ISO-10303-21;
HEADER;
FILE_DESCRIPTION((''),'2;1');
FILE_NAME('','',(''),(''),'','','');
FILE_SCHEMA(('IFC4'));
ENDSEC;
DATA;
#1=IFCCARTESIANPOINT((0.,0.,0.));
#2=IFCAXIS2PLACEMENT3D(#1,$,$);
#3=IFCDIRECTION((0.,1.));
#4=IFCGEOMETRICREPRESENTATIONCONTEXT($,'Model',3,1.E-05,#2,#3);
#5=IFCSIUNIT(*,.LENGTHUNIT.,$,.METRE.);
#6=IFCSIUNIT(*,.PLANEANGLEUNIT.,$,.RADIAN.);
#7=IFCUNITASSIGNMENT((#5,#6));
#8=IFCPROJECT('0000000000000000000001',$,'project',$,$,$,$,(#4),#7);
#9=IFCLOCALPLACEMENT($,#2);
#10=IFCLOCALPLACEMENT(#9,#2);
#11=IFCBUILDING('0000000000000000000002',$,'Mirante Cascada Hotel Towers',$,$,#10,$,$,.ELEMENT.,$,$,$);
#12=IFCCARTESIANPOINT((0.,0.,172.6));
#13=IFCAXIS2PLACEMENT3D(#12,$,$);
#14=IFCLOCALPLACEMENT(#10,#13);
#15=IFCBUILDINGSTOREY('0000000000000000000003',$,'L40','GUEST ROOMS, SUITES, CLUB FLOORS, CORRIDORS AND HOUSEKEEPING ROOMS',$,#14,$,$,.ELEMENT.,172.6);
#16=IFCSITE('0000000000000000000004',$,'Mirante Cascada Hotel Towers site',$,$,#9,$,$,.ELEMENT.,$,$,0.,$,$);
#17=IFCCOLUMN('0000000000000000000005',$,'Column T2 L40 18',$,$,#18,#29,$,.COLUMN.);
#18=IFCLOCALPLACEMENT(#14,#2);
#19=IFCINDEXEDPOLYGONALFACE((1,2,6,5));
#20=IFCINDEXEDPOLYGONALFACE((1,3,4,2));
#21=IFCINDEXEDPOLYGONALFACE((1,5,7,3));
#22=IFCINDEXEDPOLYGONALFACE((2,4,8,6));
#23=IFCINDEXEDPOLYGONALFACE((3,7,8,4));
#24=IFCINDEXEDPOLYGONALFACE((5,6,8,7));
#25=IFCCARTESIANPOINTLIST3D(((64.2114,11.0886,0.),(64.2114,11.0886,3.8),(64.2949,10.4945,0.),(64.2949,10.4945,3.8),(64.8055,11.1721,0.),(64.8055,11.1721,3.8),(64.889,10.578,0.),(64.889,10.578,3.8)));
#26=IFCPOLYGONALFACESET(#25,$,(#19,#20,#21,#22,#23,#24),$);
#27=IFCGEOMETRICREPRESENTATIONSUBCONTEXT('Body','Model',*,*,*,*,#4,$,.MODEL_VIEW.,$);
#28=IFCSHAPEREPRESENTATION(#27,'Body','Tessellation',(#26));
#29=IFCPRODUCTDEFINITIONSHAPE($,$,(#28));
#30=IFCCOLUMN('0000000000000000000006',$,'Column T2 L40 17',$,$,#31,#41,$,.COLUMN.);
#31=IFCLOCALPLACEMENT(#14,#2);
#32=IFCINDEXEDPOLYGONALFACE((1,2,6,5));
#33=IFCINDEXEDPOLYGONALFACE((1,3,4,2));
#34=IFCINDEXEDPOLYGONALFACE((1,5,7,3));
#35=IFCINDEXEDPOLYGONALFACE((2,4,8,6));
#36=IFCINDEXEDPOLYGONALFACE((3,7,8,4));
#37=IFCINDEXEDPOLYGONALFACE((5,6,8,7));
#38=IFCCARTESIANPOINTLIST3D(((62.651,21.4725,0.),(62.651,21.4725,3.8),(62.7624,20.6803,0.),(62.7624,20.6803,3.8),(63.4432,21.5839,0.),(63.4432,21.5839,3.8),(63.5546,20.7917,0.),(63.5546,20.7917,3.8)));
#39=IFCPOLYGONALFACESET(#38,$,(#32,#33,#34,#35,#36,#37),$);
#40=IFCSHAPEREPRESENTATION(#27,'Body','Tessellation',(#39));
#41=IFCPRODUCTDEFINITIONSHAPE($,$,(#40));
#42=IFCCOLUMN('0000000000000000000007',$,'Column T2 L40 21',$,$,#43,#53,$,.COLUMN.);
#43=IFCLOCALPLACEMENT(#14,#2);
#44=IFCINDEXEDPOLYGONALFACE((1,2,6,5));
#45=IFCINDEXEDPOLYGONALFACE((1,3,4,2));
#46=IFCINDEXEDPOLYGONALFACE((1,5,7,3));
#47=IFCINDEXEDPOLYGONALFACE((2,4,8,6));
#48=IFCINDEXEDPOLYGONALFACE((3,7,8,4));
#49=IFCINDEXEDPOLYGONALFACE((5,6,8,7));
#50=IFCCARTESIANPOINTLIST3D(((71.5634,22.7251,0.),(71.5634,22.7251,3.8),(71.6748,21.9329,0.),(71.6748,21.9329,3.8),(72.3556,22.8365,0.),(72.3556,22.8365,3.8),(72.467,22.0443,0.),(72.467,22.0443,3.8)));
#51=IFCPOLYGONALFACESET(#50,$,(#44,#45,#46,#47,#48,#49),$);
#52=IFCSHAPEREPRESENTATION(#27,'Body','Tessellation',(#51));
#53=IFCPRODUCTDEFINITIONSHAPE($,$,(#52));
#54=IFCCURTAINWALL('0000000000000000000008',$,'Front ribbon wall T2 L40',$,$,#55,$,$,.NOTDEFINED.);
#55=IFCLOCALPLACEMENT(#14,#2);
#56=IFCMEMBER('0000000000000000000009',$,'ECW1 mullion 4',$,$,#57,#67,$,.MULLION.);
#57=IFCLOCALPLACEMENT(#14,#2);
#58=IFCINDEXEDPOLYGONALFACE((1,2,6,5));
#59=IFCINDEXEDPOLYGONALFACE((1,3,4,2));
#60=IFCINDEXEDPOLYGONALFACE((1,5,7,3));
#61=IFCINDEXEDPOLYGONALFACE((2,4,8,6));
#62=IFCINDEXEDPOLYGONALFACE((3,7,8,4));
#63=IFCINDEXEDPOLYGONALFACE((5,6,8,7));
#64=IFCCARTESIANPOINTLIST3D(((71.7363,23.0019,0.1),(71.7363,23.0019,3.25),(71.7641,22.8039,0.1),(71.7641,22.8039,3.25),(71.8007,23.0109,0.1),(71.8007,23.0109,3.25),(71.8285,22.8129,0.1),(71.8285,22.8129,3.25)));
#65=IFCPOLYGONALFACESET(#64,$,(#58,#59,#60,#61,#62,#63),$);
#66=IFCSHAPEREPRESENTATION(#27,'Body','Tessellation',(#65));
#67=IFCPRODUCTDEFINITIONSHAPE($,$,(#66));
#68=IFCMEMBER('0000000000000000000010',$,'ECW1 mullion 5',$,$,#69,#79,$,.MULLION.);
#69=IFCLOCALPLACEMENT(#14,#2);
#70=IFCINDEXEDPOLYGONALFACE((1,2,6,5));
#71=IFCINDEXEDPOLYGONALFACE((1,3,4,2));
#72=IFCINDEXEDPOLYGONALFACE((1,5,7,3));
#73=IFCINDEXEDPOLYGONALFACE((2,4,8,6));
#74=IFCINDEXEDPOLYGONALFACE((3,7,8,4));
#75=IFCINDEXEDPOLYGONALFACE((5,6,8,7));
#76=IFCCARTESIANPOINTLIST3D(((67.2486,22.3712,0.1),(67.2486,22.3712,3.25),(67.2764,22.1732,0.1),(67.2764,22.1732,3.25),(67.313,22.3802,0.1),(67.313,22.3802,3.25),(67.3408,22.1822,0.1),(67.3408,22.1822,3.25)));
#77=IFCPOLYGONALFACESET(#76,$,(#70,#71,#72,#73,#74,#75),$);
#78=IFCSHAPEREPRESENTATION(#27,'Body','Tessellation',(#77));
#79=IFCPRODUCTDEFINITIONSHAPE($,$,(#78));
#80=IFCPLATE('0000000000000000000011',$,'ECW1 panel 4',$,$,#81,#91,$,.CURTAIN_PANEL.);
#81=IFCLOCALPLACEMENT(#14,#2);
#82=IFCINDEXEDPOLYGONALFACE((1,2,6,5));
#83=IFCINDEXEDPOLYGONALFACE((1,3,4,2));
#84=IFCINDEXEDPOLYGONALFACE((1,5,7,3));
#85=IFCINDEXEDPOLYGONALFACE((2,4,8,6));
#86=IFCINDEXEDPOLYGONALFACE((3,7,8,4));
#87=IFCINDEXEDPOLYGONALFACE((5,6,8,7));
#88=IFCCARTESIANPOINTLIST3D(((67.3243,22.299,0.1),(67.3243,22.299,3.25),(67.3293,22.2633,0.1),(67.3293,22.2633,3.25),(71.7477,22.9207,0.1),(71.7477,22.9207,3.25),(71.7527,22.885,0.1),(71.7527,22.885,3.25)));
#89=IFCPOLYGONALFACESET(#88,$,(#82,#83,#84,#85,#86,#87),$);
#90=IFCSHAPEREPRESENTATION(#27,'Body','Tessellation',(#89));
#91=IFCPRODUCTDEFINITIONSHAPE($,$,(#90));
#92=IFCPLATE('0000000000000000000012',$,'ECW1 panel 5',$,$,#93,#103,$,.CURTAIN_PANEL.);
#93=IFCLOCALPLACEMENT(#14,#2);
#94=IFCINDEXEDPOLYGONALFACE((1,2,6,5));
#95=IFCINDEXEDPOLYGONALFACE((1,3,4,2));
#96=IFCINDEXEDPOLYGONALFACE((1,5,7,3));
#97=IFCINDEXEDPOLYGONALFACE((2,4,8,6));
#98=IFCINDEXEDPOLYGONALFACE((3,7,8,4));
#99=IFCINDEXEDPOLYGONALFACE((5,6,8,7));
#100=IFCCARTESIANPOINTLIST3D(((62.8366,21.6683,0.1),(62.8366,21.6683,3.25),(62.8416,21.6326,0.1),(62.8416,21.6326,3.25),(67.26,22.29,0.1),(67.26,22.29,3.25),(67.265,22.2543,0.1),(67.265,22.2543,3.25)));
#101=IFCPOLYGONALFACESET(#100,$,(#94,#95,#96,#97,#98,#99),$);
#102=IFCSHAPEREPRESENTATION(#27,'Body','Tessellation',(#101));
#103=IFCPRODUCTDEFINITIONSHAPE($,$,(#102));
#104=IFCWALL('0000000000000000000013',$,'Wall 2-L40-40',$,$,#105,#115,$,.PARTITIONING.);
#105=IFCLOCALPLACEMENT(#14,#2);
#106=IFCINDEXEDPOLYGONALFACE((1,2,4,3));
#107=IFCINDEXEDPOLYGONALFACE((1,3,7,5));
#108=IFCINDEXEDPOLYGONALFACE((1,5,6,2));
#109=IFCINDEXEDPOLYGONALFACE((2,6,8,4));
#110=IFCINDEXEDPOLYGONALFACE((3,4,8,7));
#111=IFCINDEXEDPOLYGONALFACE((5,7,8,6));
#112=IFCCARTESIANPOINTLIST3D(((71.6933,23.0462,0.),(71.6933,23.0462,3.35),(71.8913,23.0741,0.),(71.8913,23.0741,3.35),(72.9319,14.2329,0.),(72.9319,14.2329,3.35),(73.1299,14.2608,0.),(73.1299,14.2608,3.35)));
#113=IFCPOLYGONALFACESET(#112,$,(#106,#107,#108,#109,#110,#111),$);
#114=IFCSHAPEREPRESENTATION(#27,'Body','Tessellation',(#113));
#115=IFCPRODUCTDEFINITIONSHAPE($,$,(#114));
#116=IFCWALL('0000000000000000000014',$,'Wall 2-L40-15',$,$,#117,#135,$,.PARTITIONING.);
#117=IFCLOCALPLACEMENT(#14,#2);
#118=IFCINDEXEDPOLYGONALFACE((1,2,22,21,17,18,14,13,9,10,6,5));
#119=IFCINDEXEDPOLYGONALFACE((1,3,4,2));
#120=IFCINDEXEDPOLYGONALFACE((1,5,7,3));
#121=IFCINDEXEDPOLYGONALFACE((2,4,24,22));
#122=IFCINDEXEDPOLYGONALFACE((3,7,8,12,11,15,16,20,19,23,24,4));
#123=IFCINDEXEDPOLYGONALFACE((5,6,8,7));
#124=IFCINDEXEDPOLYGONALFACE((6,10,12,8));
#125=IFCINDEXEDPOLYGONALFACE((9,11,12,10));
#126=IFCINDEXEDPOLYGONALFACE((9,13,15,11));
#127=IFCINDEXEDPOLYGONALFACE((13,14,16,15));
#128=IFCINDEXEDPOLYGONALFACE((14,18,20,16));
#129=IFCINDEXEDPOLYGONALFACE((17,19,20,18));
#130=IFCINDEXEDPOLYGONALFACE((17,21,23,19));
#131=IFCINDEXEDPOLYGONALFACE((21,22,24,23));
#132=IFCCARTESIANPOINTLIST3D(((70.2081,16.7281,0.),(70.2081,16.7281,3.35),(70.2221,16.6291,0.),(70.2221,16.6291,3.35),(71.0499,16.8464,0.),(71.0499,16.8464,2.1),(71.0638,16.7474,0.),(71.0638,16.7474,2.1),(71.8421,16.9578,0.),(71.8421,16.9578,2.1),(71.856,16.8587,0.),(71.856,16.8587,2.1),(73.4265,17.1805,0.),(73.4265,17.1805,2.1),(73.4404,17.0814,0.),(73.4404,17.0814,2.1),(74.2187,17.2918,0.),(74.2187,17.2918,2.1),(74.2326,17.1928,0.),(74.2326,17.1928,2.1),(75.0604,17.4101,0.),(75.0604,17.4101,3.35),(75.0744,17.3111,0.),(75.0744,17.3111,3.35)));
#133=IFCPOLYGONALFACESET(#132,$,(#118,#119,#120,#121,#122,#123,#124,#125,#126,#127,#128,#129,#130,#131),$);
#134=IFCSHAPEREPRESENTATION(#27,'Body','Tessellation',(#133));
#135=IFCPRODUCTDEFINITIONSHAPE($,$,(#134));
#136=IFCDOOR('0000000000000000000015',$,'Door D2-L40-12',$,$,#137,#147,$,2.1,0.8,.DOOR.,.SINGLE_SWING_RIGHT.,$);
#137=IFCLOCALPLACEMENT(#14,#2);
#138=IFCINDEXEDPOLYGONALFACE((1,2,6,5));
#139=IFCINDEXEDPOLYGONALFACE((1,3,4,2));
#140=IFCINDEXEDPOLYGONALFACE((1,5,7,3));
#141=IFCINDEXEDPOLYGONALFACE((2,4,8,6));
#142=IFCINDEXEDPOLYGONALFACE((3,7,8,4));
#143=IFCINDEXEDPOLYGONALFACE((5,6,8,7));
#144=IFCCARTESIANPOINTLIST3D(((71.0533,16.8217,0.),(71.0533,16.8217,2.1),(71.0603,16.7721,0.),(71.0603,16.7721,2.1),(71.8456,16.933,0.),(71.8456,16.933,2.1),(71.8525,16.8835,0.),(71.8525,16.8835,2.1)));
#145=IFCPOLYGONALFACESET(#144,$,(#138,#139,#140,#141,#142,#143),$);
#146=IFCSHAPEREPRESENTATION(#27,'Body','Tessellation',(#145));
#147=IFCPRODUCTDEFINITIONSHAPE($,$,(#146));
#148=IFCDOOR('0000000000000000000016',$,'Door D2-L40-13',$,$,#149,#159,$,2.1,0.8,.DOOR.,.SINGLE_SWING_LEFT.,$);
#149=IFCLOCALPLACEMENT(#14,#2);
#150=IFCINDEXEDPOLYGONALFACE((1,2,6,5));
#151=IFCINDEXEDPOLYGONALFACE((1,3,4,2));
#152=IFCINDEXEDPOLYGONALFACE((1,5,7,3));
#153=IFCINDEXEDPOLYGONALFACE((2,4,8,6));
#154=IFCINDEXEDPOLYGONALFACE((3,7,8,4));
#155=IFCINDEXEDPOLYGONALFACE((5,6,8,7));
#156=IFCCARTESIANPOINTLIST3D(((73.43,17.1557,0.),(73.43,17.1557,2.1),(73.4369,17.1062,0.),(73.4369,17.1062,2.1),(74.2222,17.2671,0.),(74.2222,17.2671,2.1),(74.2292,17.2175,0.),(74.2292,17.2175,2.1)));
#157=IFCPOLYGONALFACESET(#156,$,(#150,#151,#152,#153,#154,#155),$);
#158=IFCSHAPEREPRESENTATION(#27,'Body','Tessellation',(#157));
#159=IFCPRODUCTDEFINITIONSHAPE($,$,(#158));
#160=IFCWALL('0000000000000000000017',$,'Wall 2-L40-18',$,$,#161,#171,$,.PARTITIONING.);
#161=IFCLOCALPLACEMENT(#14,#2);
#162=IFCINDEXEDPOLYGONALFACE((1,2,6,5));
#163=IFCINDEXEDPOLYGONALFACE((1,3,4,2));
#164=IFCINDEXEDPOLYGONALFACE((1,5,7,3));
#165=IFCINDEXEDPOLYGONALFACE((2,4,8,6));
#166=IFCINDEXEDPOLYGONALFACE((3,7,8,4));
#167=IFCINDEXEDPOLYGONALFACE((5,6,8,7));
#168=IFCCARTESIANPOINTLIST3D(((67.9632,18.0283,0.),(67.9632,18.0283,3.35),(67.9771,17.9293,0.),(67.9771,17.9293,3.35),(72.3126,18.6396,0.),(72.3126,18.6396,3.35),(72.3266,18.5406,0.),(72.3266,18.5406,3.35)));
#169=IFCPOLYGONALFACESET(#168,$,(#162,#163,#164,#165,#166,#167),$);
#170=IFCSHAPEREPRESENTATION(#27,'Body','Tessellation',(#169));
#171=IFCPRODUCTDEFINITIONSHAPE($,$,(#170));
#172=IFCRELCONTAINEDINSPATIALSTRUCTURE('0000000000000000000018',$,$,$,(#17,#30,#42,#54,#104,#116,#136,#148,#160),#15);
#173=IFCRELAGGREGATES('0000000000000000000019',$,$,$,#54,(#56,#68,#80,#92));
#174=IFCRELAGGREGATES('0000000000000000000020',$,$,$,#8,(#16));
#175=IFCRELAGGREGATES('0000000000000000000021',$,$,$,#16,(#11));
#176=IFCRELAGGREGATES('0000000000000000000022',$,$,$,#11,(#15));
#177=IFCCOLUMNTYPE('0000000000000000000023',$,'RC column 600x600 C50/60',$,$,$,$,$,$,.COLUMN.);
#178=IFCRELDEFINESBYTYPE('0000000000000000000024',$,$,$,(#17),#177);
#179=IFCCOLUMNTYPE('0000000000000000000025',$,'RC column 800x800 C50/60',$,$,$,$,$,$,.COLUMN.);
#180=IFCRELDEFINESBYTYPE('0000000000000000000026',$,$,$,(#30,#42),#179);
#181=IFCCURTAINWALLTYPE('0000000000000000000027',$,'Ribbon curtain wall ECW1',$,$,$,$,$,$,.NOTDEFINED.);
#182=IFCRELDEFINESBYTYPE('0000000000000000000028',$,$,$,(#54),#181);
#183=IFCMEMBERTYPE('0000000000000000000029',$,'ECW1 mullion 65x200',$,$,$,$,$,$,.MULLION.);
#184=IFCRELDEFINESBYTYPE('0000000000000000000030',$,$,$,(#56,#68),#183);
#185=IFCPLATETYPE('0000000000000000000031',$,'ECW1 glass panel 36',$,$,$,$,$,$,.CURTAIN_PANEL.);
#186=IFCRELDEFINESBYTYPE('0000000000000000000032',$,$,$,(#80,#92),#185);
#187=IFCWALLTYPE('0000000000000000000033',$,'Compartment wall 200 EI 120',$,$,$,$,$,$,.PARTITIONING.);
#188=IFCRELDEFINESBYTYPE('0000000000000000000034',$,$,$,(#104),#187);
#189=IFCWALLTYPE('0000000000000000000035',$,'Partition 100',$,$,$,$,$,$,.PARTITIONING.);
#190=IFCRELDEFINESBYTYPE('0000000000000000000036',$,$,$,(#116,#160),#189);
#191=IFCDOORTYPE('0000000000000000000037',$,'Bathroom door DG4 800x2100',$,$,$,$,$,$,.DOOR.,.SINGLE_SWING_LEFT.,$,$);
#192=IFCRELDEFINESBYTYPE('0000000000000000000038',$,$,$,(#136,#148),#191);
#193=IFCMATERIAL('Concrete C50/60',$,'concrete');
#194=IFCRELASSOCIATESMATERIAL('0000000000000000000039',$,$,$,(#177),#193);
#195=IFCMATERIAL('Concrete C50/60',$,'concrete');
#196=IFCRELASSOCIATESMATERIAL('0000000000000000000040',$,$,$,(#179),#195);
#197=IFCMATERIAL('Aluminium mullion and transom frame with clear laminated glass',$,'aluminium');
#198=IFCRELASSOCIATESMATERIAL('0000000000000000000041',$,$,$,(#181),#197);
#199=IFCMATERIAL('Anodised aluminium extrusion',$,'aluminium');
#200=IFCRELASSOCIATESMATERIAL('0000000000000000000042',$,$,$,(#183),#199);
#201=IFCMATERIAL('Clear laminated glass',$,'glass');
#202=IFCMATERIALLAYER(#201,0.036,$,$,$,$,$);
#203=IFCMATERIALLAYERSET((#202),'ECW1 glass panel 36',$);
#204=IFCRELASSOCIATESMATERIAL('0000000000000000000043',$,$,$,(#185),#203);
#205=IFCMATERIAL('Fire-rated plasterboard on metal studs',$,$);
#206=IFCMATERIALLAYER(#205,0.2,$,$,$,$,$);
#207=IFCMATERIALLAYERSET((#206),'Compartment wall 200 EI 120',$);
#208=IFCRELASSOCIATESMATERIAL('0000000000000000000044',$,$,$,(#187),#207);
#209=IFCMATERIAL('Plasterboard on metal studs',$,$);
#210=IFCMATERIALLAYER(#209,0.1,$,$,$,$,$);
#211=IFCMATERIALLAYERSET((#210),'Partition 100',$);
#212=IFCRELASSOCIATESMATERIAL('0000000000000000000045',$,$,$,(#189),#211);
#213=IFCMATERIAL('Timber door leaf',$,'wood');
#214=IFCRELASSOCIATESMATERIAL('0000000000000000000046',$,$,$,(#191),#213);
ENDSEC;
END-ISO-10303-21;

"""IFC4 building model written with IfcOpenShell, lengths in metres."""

from ifc_helpers import new_model, si_unit, direction, frame, frame_2d, origin, origin_2d, place, context, subcontext, project, spatial, rectangle, extrude, material, layer, layer_set, material_profile, profile_set, type_object, element, fill, aggregate, save


model = new_model("IFC4")

# Units and contexts
model_context = context("Model", 3, precision=1e-05, world=origin(), true_north=direction((0.0, 1.0)))
body_context = subcontext(model_context, "Body", "Model", "MODEL_VIEW")
ifc_project = project(units=[si_unit("LENGTHUNIT", "METRE"), si_unit("PLANEANGLEUNIT", "RADIAN")], contexts=[model_context])

# Site, building, storey
site_placement = place(None, origin())
site = spatial("IfcSite", under=ifc_project, at=site_placement, Name="Mirante Cascada Hotel Towers site", CompositionType="ELEMENT", RefElevation=0.0)
building_placement = place(site_placement, origin())
building = spatial("IfcBuilding", under=site, at=building_placement, Name="Mirante Cascada Hotel Towers", CompositionType="ELEMENT")
storey_placement = place(building_placement, frame((0.0, 0.0, 172.6)))
storey = spatial("IfcBuildingStorey", under=building, at=storey_placement, Name="L40", Description="GUEST ROOMS, SUITES, CLUB FLOORS, CORRIDORS AND HOUSEKEEPING ROOMS", CompositionType="ELEMENT", Elevation=172.6)

# Columns
ifc_material_1 = material(Name="Concrete C50/60", Category="concrete")
ifc_material_profile_1 = material_profile(ifc_material_1, rectangle(XDim=0.6, YDim=0.6, at=origin_2d()), Name="RC column 600x600 C50/60")
ifc_profile_set_1 = profile_set([ifc_material_profile_1], Name="Concrete C50/60")
column_type_1 = type_object("IfcColumnType", Name="RC column 600x600 C50/60", PredefinedType="COLUMN", material=ifc_profile_set_1)
column_placement = place(storey_placement, frame((64.5502, 10.8333, 0.0), z_axis=(0.0, 0.0, 1.0), x_axis=(0.990268, 0.139173, 0.0)))
element("IfcColumn", 1, at=column_placement, inside=storey, type_object=column_type_1, Name="Column T2 L40 18", PredefinedType="COLUMN", context=body_context, shape_type="SweptSolid", body=[
    extrude(rectangle(XDim=0.6, YDim=0.6, at=origin_2d()), origin(), (0.0, 0.0, 1.0), 3.8),
])
ifc_material_2 = material(Name="Concrete C50/60", Category="concrete")
ifc_material_profile_2 = material_profile(ifc_material_2, rectangle(XDim=0.8, YDim=0.8, at=origin_2d()), Name="RC column 800x800 C50/60")
ifc_profile_set_2 = profile_set([ifc_material_profile_2], Name="Concrete C50/60")
column_type_2 = type_object("IfcColumnType", Name="RC column 800x800 C50/60", PredefinedType="COLUMN", material=ifc_profile_set_2)
for number, where, z_axis, x_axis, name in (
    (2, (63.1028, 21.1321, 0.0), (0.0, 0.0, 1.0), (0.990268, 0.139173, 0.0), "Column T2 L40 17"),
    (3, (72.0152, 22.3847, 0.0), (0.0, 0.0, 1.0), (0.990268, 0.139173, 0.0), "Column T2 L40 21"),
):
    element("IfcColumn", number, at=place(storey_placement, frame(where, z_axis=z_axis, x_axis=x_axis)), inside=storey, type_object=column_type_2, Name=name, PredefinedType="COLUMN", context=body_context, shape_type="SweptSolid", body=[
        extrude(rectangle(XDim=0.8, YDim=0.8, at=origin_2d()), origin(), (0.0, 0.0, 1.0), 3.8),
    ])

# Curtain wall, members, plates
ifc_material_3 = material(Name="Aluminium mullion and transom frame with clear laminated glass", Category="aluminium")
curtain_wall_type = type_object("IfcCurtainWallType", Name="Ribbon curtain wall ECW1", PredefinedType="NOTDEFINED", material=ifc_material_3)
curtain_wall_placement = place(storey_placement, origin())
curtain_wall = element("IfcCurtainWall", 4, at=curtain_wall_placement, inside=storey, type_object=curtain_wall_type, Name="Front ribbon wall T2 L40", PredefinedType="NOTDEFINED")
ifc_material_4 = material(Name="Anodised aluminium extrusion", Category="aluminium")
ifc_material_profile_3 = material_profile(ifc_material_4, rectangle(XDim=0.2, YDim=0.065, at=origin_2d()), Name="ECW1 MULLION 65x200")
ifc_profile_set_3 = profile_set([ifc_material_profile_3], Name="Anodised aluminium extrusion")
member_type = type_object("IfcMemberType", Name="ECW1 mullion 65x200", PredefinedType="MULLION", material=ifc_profile_set_3)
member_1_placement = place(storey_placement, frame((71.7824, 22.9074, 0.1), z_axis=(0.0, 0.0, 1.0), x_axis=(0.139173, -0.990268, 0.0)))
member_1 = element("IfcMember", 5, at=member_1_placement, type_object=member_type, Name="ECW1 mullion 4", PredefinedType="MULLION", context=body_context, shape_type="SweptSolid", body=[
    extrude(rectangle(XDim=0.2, YDim=0.065, at=origin_2d()), origin(), (0.0, 0.0, 1.0), 3.15),
])
member_2_placement = place(storey_placement, frame((67.2947, 22.2767, 0.1), z_axis=(0.0, 0.0, 1.0), x_axis=(0.139173, -0.990268, 0.0)))
member_2 = element("IfcMember", 6, at=member_2_placement, type_object=member_type, Name="ECW1 mullion 5", PredefinedType="MULLION", context=body_context, shape_type="SweptSolid", body=[
    extrude(rectangle(XDim=0.2, YDim=0.065, at=origin_2d()), origin(), (0.0, 0.0, 1.0), 3.15),
])
ifc_material_5 = material(Name="Clear laminated glass", Category="glass")
ifc_layer_1 = layer(ifc_material_5, 0.036)
ifc_layer_set_1 = layer_set([ifc_layer_1], Name="ECW1 glass panel 36")
plate_type = type_object("IfcPlateType", Name="ECW1 glass panel 36", PredefinedType="CURTAIN_PANEL", material=ifc_layer_set_1)
plate_1_placement = place(storey_placement, frame((69.5385, 22.592, 0.1), z_axis=(0.0, 0.0, 1.0), x_axis=(-0.990268, -0.139173, 0.0)))
plate_1 = element("IfcPlate", 7, at=plate_1_placement, type_object=plate_type, Name="ECW1 panel 4", PredefinedType="CURTAIN_PANEL", context=body_context, shape_type="SweptSolid", body=[
    extrude(rectangle(XDim=4.4669, YDim=0.036, at=origin_2d()), origin(), (0.0, 0.0, 1.0), 3.15),
])
plate_2_placement = place(storey_placement, frame((65.0508, 21.9613, 0.1), z_axis=(0.0, 0.0, 1.0), x_axis=(-0.990268, -0.139173, 0.0)))
plate_2 = element("IfcPlate", 8, at=plate_2_placement, type_object=plate_type, Name="ECW1 panel 5", PredefinedType="CURTAIN_PANEL", context=body_context, shape_type="SweptSolid", body=[
    extrude(rectangle(XDim=4.4669, YDim=0.036, at=origin_2d()), origin(), (0.0, 0.0, 1.0), 3.15),
])
aggregate(curtain_wall, [member_1, member_2, plate_1, plate_2])

# Wall
ifc_material_6 = material(Name="Fire-rated plasterboard on metal studs")
ifc_layer_2 = layer(ifc_material_6, 0.2)
ifc_layer_set_2 = layer_set([ifc_layer_2], Name="Compartment wall 200 EI 120")
wall_type_1 = type_object("IfcWallType", Name="Compartment wall 200 EI 120", PredefinedType="PARTITIONING", material=ifc_layer_set_2)
wall_1_placement = place(storey_placement, frame((71.7923, 23.0602, 0.0), z_axis=(0.0, 0.0, 1.0), x_axis=(0.13917, -0.990268, 0.0)))
element("IfcWall", 9, at=wall_1_placement, inside=storey, type_object=wall_type_1, Name="Wall 2-L40-40", PredefinedType="PARTITIONING", context=body_context, shape_type="SweptSolid", body=[
    extrude(rectangle(XDim=8.8999, YDim=0.2, at=frame_2d((4.45, 0.0))), origin(), (0.0, 0.0, 1.0), 3.35),
])

# Wall, openings, doors
ifc_material_7 = material(Name="Plasterboard on metal studs")
ifc_layer_3 = layer(ifc_material_7, 0.1)
ifc_layer_set_3 = layer_set([ifc_layer_3], Name="Partition 100")
wall_type_2 = type_object("IfcWallType", Name="Partition 100", PredefinedType="PARTITIONING", material=ifc_layer_set_3)
wall_2_placement = place(storey_placement, frame((70.2151, 16.6786, 0.0), z_axis=(0.0, 0.0, 1.0), x_axis=(0.990267, 0.139184, 0.0)))
wall_2 = element("IfcWall", 10, at=wall_2_placement, inside=storey, type_object=wall_type_2, Name="Wall 2-L40-15", PredefinedType="PARTITIONING", context=body_context, shape_type="SweptSolid", body=[
    extrude(rectangle(XDim=4.9, YDim=0.1, at=frame_2d((2.45, 0.0))), origin(), (0.0, 0.0, 1.0), 3.35),
])
opening_1_placement = place(wall_2_placement, frame((0.85, 0.0, 0.0)))
opening_1 = element("IfcOpeningElement", 11, at=opening_1_placement, cuts=wall_2, PredefinedType="OPENING", context=body_context, shape_type="SweptSolid", body=[
    extrude(rectangle(XDim=0.8, YDim=2.1, at=frame_2d((0.4, 1.05))), frame((0.0, 0.05, 0.0), z_axis=(0.0, -1.0, 0.0), x_axis=(1.0, 0.0, 0.0)), (0.0, 0.0, 1.0), 0.1),
])
opening_2_placement = place(wall_2_placement, frame((3.25, 0.0, 0.0)))
opening_2 = element("IfcOpeningElement", 12, at=opening_2_placement, cuts=wall_2, PredefinedType="OPENING", context=body_context, shape_type="SweptSolid", body=[
    extrude(rectangle(XDim=0.8, YDim=2.1, at=frame_2d((0.4, 1.05))), frame((0.0, 0.05, 0.0), z_axis=(0.0, -1.0, 0.0), x_axis=(1.0, 0.0, 0.0)), (0.0, 0.0, 1.0), 0.1),
])
ifc_material_8 = material(Name="Timber door leaf", Category="wood")
door_type_1 = type_object("IfcDoorType", Name="Bathroom door DG4 800x2100", OperationType="SINGLE_SWING_LEFT", PredefinedType="DOOR", material=ifc_material_8)
door_1_placement = place(opening_1_placement, frame((0.8, 0.0, 0.0), z_axis=(0.0, 0.0, 1.0), x_axis=(-1.0, 0.0, 0.0)))
door_1 = element("IfcDoor", 13, at=door_1_placement, inside=storey, type_object=door_type_1, Name="Door D2-L40-12", OperationType="SINGLE_SWING_RIGHT", OverallHeight=2.1, OverallWidth=0.8, PredefinedType="DOOR", context=body_context, shape_type="SweptSolid", body=[
    extrude(rectangle(XDim=0.8, YDim=2.1, at=frame_2d((0.4, 1.05))), frame((0.0, 0.025, 0.0), z_axis=(0.0, -1.0, 0.0), x_axis=(1.0, 0.0, 0.0)), (0.0, 0.0, 1.0), 0.05),
])
fill(opening_1, door_1)
door_2_placement = place(opening_2_placement, origin())
door_2 = element("IfcDoor", 14, at=door_2_placement, inside=storey, type_object=door_type_1, Name="Door D2-L40-13", OperationType="SINGLE_SWING_LEFT", OverallHeight=2.1, OverallWidth=0.8, PredefinedType="DOOR", context=body_context, shape_type="SweptSolid", body=[
    extrude(rectangle(XDim=0.8, YDim=2.1, at=frame_2d((0.4, 1.05))), frame((0.0, 0.025, 0.0), z_axis=(0.0, -1.0, 0.0), x_axis=(1.0, 0.0, 0.0)), (0.0, 0.0, 1.0), 0.05),
])
fill(opening_2, door_2)

# Wall
wall_3_placement = place(storey_placement, frame((72.3196, 18.5901, 0.0), z_axis=(0.0, 0.0, 1.0), x_axis=(-0.990267, -0.139177, 0.0)))
element("IfcWall", 15, at=wall_3_placement, inside=storey, type_object=wall_type_2, Name="Wall 2-L40-18", PredefinedType="PARTITIONING", context=body_context, shape_type="SweptSolid", body=[
    extrude(rectangle(XDim=4.3922, YDim=0.1, at=frame_2d((2.1961, 0.0))), origin(), (0.0, 0.0, 1.0), 3.35),
])

save(model, "model.ifc")
